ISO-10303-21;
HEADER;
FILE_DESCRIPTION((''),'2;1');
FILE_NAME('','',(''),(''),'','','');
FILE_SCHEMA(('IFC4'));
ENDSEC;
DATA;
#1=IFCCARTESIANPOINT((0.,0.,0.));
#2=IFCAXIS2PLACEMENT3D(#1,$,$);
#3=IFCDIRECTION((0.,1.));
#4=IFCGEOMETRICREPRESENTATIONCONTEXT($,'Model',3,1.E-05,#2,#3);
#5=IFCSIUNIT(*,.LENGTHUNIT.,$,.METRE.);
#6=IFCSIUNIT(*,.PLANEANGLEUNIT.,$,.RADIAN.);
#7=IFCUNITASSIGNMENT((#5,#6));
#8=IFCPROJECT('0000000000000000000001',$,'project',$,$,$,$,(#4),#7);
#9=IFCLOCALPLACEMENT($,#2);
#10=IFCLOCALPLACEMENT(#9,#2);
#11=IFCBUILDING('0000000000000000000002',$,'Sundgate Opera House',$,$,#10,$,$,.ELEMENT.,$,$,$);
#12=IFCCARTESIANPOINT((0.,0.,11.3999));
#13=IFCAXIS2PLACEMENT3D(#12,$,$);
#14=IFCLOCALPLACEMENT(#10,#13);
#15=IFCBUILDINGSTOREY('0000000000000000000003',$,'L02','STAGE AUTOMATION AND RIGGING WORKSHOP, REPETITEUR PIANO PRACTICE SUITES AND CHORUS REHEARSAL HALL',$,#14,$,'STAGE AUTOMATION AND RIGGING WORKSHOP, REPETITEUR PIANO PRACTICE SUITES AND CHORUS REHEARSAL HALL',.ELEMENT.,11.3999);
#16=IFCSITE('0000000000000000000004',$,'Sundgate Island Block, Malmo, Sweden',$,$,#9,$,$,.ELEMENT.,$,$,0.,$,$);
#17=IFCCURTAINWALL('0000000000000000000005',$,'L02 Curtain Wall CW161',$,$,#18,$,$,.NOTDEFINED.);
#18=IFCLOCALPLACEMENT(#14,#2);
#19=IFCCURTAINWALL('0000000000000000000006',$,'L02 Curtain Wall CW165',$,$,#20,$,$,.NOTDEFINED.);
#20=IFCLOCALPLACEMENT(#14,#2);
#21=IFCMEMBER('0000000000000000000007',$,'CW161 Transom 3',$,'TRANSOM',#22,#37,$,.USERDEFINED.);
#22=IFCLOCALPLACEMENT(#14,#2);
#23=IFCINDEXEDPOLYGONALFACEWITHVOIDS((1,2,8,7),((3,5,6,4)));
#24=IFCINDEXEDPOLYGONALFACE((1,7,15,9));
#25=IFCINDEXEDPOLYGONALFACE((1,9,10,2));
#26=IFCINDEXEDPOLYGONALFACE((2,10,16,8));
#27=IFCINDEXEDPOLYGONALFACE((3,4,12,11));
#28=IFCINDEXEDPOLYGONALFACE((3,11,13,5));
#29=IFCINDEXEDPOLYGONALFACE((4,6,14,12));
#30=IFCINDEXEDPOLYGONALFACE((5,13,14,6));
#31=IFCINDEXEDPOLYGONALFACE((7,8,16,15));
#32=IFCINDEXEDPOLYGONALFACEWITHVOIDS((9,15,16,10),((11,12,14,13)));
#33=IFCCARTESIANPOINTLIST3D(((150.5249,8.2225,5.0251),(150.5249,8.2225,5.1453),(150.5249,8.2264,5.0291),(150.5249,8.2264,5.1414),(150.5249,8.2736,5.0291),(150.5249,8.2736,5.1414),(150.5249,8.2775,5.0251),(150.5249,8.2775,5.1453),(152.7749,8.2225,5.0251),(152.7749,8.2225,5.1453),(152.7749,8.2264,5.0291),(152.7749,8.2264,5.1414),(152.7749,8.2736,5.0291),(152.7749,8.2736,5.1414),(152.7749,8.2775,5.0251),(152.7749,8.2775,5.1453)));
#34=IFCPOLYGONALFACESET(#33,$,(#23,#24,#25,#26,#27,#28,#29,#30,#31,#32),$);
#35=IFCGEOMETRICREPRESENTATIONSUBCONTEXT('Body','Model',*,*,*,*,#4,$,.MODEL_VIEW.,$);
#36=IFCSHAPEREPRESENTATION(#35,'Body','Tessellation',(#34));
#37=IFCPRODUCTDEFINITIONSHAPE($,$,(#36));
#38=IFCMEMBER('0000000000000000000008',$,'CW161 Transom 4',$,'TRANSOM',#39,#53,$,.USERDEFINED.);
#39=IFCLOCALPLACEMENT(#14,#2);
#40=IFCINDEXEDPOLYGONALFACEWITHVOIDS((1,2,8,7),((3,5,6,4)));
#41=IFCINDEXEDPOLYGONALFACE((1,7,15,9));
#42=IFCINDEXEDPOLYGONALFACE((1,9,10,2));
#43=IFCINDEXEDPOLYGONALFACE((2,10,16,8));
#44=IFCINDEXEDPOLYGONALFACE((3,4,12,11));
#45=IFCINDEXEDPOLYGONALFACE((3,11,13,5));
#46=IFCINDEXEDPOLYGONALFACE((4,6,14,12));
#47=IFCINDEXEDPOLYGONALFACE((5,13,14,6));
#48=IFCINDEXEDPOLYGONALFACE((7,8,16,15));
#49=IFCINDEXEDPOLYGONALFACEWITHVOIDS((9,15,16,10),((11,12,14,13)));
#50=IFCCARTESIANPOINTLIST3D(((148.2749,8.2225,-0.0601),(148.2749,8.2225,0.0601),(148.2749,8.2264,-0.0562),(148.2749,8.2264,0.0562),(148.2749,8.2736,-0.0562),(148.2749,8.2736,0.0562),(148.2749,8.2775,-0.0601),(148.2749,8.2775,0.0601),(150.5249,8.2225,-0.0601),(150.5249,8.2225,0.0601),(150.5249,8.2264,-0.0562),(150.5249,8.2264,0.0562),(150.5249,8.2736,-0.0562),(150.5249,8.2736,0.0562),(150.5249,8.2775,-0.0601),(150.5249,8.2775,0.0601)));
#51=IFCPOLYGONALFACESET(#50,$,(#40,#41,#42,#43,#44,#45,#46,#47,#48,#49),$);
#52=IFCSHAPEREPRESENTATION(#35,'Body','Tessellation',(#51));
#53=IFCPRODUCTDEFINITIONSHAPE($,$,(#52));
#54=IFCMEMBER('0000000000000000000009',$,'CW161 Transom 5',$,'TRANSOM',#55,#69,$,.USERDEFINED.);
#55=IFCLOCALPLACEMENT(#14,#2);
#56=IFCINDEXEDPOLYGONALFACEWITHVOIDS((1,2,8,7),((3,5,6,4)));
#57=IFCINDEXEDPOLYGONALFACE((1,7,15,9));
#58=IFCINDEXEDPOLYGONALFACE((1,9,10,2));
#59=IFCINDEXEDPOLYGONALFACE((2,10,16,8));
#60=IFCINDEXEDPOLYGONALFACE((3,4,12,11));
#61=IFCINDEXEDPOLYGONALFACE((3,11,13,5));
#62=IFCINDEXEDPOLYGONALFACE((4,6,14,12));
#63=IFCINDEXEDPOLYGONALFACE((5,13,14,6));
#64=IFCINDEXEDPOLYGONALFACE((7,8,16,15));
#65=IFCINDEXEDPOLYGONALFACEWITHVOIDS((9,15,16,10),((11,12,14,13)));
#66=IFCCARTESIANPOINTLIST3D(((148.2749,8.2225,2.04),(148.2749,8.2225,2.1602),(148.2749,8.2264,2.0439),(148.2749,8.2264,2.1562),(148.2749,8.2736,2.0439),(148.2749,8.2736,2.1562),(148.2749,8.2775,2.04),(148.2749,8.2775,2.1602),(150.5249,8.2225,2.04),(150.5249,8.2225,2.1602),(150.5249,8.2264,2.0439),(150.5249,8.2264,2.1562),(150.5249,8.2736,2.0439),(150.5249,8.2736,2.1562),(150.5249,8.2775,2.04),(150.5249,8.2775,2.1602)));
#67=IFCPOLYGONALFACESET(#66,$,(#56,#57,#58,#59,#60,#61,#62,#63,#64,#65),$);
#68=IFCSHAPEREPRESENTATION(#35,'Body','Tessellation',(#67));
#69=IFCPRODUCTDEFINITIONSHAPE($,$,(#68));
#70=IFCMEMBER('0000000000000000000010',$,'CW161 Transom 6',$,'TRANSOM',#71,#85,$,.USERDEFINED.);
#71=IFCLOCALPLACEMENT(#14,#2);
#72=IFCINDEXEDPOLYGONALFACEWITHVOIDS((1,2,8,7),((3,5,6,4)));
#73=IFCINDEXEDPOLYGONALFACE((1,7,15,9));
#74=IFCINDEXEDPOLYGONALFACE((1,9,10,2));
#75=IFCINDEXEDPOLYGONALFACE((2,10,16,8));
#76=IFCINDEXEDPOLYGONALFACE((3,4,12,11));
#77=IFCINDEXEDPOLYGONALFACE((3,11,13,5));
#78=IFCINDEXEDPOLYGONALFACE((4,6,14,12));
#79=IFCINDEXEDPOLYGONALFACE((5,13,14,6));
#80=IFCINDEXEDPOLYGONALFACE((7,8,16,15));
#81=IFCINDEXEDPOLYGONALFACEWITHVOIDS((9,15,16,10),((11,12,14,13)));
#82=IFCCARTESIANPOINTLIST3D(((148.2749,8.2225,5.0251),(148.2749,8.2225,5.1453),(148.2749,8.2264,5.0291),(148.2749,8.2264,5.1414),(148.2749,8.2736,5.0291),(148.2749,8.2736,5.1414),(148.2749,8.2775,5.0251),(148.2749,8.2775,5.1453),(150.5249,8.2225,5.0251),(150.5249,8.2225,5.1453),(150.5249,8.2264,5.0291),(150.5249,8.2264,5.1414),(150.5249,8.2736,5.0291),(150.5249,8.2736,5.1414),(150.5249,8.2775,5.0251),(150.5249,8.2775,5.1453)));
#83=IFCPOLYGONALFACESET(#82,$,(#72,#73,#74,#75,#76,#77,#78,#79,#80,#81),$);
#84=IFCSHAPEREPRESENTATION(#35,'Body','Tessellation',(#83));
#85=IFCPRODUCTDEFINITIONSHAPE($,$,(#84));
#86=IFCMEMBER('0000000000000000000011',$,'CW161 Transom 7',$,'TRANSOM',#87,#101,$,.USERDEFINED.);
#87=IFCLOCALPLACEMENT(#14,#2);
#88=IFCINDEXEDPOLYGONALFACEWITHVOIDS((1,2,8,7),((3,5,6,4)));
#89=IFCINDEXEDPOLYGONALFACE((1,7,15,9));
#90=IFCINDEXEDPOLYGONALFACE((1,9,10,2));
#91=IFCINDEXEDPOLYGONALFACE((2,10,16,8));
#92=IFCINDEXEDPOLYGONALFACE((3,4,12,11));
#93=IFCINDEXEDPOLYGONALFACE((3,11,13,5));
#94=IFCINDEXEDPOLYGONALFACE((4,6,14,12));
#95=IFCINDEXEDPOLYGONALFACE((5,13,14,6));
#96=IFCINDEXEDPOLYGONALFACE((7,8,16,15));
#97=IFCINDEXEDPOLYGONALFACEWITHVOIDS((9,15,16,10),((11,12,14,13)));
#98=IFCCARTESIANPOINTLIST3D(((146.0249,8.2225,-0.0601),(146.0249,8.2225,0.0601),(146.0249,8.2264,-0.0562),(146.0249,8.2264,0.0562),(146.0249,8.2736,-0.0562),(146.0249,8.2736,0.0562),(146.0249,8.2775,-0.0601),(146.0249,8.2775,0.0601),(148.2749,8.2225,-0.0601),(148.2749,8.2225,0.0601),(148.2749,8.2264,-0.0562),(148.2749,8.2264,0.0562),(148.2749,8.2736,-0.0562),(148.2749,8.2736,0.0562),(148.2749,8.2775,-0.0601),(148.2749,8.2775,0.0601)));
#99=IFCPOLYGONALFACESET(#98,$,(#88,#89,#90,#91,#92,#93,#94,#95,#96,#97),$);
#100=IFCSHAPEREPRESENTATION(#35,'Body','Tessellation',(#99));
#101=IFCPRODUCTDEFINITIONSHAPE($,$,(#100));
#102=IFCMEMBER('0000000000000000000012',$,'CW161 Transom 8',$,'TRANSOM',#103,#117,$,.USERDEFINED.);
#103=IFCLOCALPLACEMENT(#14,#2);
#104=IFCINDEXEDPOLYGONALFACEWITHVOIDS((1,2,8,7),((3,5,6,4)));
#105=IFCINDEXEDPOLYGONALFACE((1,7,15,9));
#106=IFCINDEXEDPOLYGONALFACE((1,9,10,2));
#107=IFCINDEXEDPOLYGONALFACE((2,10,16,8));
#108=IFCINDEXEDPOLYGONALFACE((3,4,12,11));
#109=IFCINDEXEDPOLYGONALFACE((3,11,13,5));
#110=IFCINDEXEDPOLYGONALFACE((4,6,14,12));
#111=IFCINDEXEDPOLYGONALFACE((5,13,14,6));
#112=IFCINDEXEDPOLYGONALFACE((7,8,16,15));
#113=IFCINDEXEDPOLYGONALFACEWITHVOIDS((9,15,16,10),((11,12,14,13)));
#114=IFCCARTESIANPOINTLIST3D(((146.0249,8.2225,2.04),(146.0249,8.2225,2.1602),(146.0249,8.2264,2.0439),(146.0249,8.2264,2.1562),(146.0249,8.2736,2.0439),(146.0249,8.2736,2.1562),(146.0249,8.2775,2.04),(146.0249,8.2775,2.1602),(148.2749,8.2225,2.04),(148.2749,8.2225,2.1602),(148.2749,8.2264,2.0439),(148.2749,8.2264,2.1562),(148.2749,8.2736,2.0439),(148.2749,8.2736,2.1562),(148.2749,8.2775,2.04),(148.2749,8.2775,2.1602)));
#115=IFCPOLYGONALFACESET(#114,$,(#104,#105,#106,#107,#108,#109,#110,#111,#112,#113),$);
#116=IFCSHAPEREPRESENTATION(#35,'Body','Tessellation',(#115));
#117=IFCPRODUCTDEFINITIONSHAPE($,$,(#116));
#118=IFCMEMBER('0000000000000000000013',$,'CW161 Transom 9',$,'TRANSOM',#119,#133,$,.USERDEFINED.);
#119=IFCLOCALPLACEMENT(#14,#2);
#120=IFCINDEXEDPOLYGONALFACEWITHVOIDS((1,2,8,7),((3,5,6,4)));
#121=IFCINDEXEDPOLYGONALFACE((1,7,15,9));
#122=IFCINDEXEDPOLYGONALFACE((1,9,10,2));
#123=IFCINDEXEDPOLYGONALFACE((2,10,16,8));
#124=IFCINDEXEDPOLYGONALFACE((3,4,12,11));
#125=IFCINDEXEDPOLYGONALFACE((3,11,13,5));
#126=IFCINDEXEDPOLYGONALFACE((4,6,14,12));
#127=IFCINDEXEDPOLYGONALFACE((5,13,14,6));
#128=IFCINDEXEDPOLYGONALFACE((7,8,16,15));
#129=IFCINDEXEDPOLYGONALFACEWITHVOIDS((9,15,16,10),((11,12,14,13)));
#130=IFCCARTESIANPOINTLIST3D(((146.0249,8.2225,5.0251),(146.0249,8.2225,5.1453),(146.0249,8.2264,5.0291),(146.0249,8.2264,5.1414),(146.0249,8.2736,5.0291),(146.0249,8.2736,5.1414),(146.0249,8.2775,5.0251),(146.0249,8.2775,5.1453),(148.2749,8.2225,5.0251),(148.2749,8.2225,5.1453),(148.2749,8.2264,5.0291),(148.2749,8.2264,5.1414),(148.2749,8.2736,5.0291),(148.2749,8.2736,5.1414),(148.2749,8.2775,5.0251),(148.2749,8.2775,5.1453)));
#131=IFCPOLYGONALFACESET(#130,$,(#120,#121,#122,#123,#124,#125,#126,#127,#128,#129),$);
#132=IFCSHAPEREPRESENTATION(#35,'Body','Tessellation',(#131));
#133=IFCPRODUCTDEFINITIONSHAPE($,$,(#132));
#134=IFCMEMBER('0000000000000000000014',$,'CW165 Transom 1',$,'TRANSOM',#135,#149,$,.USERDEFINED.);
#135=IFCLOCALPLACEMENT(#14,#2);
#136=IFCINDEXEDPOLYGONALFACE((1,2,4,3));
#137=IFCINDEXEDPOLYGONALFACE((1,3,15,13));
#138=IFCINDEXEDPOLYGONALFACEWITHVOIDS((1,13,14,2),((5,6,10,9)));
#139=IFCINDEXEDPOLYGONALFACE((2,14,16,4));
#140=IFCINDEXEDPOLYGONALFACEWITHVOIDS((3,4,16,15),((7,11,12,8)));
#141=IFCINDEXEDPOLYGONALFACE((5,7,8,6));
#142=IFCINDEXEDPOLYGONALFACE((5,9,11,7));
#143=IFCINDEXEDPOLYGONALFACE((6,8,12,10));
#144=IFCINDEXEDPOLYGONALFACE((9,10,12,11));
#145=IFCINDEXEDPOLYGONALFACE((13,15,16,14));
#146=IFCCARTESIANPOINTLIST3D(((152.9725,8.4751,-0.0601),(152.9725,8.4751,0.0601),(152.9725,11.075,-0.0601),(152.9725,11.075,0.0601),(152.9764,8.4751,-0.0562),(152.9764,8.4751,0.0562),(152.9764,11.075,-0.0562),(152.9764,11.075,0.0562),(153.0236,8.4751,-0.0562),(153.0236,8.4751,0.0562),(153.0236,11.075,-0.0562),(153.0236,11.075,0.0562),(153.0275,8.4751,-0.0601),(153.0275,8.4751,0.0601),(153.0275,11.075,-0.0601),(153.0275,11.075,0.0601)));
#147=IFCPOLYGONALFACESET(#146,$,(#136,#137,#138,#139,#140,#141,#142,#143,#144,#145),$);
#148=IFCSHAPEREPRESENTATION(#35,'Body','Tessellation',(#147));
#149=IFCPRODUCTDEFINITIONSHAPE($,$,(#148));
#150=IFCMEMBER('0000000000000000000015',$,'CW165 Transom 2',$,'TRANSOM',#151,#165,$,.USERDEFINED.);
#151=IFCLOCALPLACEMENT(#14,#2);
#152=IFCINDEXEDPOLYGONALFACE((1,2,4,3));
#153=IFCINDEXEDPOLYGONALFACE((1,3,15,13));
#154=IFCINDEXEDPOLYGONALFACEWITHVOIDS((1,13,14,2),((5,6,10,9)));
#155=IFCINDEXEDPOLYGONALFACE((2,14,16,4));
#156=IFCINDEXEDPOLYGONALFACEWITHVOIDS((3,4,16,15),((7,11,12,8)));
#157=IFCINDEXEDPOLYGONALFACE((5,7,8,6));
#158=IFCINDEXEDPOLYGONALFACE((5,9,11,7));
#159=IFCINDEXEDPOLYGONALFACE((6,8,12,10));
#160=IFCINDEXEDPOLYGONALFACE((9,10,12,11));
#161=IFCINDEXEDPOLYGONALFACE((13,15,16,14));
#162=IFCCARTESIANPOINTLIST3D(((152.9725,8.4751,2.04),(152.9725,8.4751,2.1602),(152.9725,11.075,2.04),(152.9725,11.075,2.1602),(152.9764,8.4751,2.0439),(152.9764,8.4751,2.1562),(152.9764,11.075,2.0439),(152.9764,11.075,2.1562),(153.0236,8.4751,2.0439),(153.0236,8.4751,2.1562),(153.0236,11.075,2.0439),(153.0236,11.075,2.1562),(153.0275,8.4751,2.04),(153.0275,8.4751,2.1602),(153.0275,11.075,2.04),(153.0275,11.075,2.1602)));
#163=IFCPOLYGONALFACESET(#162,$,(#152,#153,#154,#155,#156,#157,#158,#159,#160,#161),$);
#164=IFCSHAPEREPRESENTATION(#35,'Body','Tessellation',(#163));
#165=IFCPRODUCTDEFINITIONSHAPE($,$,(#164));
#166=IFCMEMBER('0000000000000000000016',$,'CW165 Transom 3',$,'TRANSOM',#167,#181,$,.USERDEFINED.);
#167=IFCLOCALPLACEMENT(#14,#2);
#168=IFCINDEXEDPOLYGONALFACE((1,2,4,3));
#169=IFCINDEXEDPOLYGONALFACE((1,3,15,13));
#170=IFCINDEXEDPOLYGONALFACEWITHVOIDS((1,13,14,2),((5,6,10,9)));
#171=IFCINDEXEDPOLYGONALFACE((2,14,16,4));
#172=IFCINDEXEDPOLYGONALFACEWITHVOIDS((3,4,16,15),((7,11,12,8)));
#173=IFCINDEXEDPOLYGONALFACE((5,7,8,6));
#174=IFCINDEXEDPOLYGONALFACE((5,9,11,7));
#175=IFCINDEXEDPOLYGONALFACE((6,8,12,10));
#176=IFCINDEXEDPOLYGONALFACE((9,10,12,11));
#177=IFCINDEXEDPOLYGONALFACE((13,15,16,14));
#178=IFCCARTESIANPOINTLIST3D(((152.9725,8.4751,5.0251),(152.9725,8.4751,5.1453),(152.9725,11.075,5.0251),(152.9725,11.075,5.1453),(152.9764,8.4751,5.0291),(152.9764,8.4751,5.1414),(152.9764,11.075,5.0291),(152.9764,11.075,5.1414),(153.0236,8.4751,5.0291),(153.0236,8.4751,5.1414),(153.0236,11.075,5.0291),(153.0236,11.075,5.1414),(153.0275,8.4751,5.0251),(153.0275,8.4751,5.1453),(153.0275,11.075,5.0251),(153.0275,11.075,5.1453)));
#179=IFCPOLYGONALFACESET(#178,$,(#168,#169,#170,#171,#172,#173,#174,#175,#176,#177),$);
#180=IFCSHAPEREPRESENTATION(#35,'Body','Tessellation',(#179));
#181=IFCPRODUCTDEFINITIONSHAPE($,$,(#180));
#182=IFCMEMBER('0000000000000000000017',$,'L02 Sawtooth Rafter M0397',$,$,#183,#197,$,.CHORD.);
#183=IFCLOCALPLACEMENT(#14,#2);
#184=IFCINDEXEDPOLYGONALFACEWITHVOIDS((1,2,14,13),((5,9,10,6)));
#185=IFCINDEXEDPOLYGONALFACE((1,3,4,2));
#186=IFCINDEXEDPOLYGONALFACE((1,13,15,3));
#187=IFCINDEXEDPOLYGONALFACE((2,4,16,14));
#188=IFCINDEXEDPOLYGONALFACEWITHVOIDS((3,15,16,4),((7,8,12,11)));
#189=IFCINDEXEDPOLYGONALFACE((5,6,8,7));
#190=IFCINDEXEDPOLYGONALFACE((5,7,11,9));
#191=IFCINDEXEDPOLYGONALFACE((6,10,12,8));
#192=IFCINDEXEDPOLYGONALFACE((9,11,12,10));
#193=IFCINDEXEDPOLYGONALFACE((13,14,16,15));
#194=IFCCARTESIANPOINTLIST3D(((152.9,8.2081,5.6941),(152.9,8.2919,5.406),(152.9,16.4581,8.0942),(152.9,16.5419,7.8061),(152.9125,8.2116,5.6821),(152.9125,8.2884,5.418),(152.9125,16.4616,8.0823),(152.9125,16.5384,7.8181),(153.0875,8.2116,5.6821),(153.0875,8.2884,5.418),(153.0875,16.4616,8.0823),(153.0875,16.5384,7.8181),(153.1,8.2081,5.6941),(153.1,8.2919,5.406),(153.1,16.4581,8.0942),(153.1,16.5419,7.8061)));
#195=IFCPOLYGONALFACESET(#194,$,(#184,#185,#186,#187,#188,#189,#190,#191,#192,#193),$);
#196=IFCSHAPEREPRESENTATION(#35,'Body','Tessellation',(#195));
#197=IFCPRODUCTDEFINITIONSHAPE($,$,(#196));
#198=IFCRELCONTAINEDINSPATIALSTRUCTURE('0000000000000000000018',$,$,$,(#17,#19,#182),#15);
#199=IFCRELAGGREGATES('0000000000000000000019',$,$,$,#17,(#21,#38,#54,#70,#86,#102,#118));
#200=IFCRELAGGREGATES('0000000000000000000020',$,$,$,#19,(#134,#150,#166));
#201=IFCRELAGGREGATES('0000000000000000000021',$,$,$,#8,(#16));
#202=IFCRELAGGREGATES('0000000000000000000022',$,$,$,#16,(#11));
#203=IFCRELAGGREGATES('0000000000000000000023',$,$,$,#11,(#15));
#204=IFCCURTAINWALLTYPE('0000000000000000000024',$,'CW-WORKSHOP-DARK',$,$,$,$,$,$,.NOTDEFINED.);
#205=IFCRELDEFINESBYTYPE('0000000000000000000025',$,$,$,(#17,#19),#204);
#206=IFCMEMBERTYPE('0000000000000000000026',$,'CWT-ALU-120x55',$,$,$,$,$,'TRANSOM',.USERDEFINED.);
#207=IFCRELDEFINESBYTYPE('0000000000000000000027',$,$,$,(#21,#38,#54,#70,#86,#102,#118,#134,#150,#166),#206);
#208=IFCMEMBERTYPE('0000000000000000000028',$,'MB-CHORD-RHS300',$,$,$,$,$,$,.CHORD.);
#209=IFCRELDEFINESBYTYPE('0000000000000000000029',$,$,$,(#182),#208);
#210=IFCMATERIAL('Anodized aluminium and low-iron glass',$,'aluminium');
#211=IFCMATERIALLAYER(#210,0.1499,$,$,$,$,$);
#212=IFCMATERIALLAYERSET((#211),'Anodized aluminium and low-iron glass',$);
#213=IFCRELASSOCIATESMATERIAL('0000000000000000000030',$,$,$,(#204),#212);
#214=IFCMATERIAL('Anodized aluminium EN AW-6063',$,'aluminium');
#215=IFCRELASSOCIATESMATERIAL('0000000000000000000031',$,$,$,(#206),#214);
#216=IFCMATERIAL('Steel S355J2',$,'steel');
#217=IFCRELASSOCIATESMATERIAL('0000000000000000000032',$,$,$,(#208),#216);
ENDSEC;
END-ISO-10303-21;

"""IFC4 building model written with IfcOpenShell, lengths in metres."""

from ifc_helpers import new_model, si_unit, direction, frame, origin, origin_2d, place, context, subcontext, project, spatial, hollow_rectangle, extrude, material, layer, layer_set, material_profile, profile_set, type_object, element, aggregate, save


model = new_model("IFC4")

# Units and contexts
model_context = context("Model", 3, precision=1e-05, world=origin(), true_north=direction((0.0, 1.0)))
body_context = subcontext(model_context, "Body", "Model", "MODEL_VIEW")
ifc_project = project(units=[si_unit("LENGTHUNIT", "METRE"), si_unit("PLANEANGLEUNIT", "RADIAN")], contexts=[model_context])

# Site, building, storey
site_placement = place(None, origin())
site = spatial("IfcSite", under=ifc_project, at=site_placement, Name="Sundgate Island Block, Malmo, Sweden", CompositionType="ELEMENT", RefElevation=0.0)
building_placement = place(site_placement, origin())
building = spatial("IfcBuilding", under=site, at=building_placement, Name="Sundgate Opera House", CompositionType="ELEMENT")
storey_placement = place(building_placement, frame((0.0, 0.0, 11.3999)))
storey = spatial("IfcBuildingStorey", under=building, at=storey_placement, Name="L02", Description="STAGE AUTOMATION AND RIGGING WORKSHOP, REPETITEUR PIANO PRACTICE SUITES AND CHORUS REHEARSAL HALL", LongName="STAGE AUTOMATION AND RIGGING WORKSHOP, REPETITEUR PIANO PRACTICE SUITES AND CHORUS REHEARSAL HALL", CompositionType="ELEMENT", Elevation=11.3999)

# Curtain walls
ifc_material_1 = material(Name="Anodized aluminium and low-iron glass", Category="aluminium")
ifc_layer_1 = layer(ifc_material_1, 0.1499)
ifc_layer_set_1 = layer_set([ifc_layer_1], Name="Anodized aluminium and low-iron glass")
curtain_wall_type = type_object("IfcCurtainWallType", Name="CW-WORKSHOP-DARK", PredefinedType="NOTDEFINED", material=ifc_layer_set_1)
curtain_wall_1_placement = place(storey_placement, origin())
curtain_wall_1 = element("IfcCurtainWall", 1, at=curtain_wall_1_placement, inside=storey, type_object=curtain_wall_type, Name="L02 Curtain Wall CW161", PredefinedType="NOTDEFINED")
curtain_wall_2_placement = place(storey_placement, origin())
curtain_wall_2 = element("IfcCurtainWall", 2, at=curtain_wall_2_placement, inside=storey, type_object=curtain_wall_type, Name="L02 Curtain Wall CW165", PredefinedType="NOTDEFINED")

# Members
ifc_material_2 = material(Name="Anodized aluminium EN AW-6063", Category="aluminium")
ifc_material_profile_1 = material_profile(ifc_material_2, hollow_rectangle(XDim=0.0549, YDim=0.1201, WallThickness=0.0039, at=origin_2d()), Name="CWT 120x55x4")
ifc_profile_set_1 = profile_set([ifc_material_profile_1], Name="Anodized aluminium EN AW-6063")
member_type_1 = type_object("IfcMemberType", Name="CWT-ALU-120x55", ElementType="TRANSOM", PredefinedType="USERDEFINED", material=ifc_profile_set_1)
member_1_placement = place(storey_placement, frame((152.7749, 8.25, 5.0852), z_axis=(-1.0, 0.0, 0.0), x_axis=(0.0, -1.0, 0.0)))
member_1 = element("IfcMember", 3, at=member_1_placement, type_object=member_type_1, Name="CW161 Transom 3", ObjectType="TRANSOM", PredefinedType="USERDEFINED", context=body_context, shape_type="SweptSolid", body=[
    extrude(hollow_rectangle(XDim=0.0549, YDim=0.1201, WallThickness=0.0039, at=origin_2d()), origin(), (0.0, 0.0, 1.0), 2.25),
])
member_2_placement = place(storey_placement, frame((150.5249, 8.25, 0.0), z_axis=(-1.0, 0.0, 0.0), x_axis=(0.0, -1.0, 0.0)))
member_2 = element("IfcMember", 4, at=member_2_placement, type_object=member_type_1, Name="CW161 Transom 4", ObjectType="TRANSOM", PredefinedType="USERDEFINED", context=body_context, shape_type="SweptSolid", body=[
    extrude(hollow_rectangle(XDim=0.0549, YDim=0.1201, WallThickness=0.0039, at=origin_2d()), origin(), (0.0, 0.0, 1.0), 2.25),
])
member_3_placement = place(storey_placement, frame((150.5249, 8.25, 2.1001), z_axis=(-1.0, 0.0, 0.0), x_axis=(0.0, -1.0, 0.0)))
member_3 = element("IfcMember", 5, at=member_3_placement, type_object=member_type_1, Name="CW161 Transom 5", ObjectType="TRANSOM", PredefinedType="USERDEFINED", context=body_context, shape_type="SweptSolid", body=[
    extrude(hollow_rectangle(XDim=0.0549, YDim=0.1201, WallThickness=0.0039, at=origin_2d()), origin(), (0.0, 0.0, 1.0), 2.25),
])
member_4_placement = place(storey_placement, frame((150.5249, 8.25, 5.0852), z_axis=(-1.0, 0.0, 0.0), x_axis=(0.0, -1.0, 0.0)))
member_4 = element("IfcMember", 6, at=member_4_placement, type_object=member_type_1, Name="CW161 Transom 6", ObjectType="TRANSOM", PredefinedType="USERDEFINED", context=body_context, shape_type="SweptSolid", body=[
    extrude(hollow_rectangle(XDim=0.0549, YDim=0.1201, WallThickness=0.0039, at=origin_2d()), origin(), (0.0, 0.0, 1.0), 2.25),
])
member_5_placement = place(storey_placement, frame((148.2749, 8.25, 0.0), z_axis=(-1.0, 0.0, 0.0), x_axis=(0.0, -1.0, 0.0)))
member_5 = element("IfcMember", 7, at=member_5_placement, type_object=member_type_1, Name="CW161 Transom 7", ObjectType="TRANSOM", PredefinedType="USERDEFINED", context=body_context, shape_type="SweptSolid", body=[
    extrude(hollow_rectangle(XDim=0.0549, YDim=0.1201, WallThickness=0.0039, at=origin_2d()), origin(), (0.0, 0.0, 1.0), 2.25),
])
member_6_placement = place(storey_placement, frame((148.2749, 8.25, 2.1001), z_axis=(-1.0, 0.0, 0.0), x_axis=(0.0, -1.0, 0.0)))
member_6 = element("IfcMember", 8, at=member_6_placement, type_object=member_type_1, Name="CW161 Transom 8", ObjectType="TRANSOM", PredefinedType="USERDEFINED", context=body_context, shape_type="SweptSolid", body=[
    extrude(hollow_rectangle(XDim=0.0549, YDim=0.1201, WallThickness=0.0039, at=origin_2d()), origin(), (0.0, 0.0, 1.0), 2.25),
])
member_7_placement = place(storey_placement, frame((148.2749, 8.25, 5.0852), z_axis=(-1.0, 0.0, 0.0), x_axis=(0.0, -1.0, 0.0)))
member_7 = element("IfcMember", 9, at=member_7_placement, type_object=member_type_1, Name="CW161 Transom 9", ObjectType="TRANSOM", PredefinedType="USERDEFINED", context=body_context, shape_type="SweptSolid", body=[
    extrude(hollow_rectangle(XDim=0.0549, YDim=0.1201, WallThickness=0.0039, at=origin_2d()), origin(), (0.0, 0.0, 1.0), 2.25),
])
member_8_placement = place(storey_placement, frame((153.0, 8.4751, 0.0), z_axis=(0.0, 1.0, 0.0), x_axis=(-1.0, 0.0, 0.0)))
member_8 = element("IfcMember", 10, at=member_8_placement, type_object=member_type_1, Name="CW165 Transom 1", ObjectType="TRANSOM", PredefinedType="USERDEFINED", context=body_context, shape_type="SweptSolid", body=[
    extrude(hollow_rectangle(XDim=0.0549, YDim=0.1201, WallThickness=0.0039, at=origin_2d()), origin(), (0.0, 0.0, 1.0), 2.5999),
])
member_9_placement = place(storey_placement, frame((153.0, 8.4751, 2.1001), z_axis=(0.0, 1.0, 0.0), x_axis=(-1.0, 0.0, 0.0)))
member_9 = element("IfcMember", 11, at=member_9_placement, type_object=member_type_1, Name="CW165 Transom 2", ObjectType="TRANSOM", PredefinedType="USERDEFINED", context=body_context, shape_type="SweptSolid", body=[
    extrude(hollow_rectangle(XDim=0.0549, YDim=0.1201, WallThickness=0.0039, at=origin_2d()), origin(), (0.0, 0.0, 1.0), 2.5999),
])
member_10_placement = place(storey_placement, frame((153.0, 8.4751, 5.0852), z_axis=(0.0, 1.0, 0.0), x_axis=(-1.0, 0.0, 0.0)))
member_10 = element("IfcMember", 12, at=member_10_placement, type_object=member_type_1, Name="CW165 Transom 3", ObjectType="TRANSOM", PredefinedType="USERDEFINED", context=body_context, shape_type="SweptSolid", body=[
    extrude(hollow_rectangle(XDim=0.0549, YDim=0.1201, WallThickness=0.0039, at=origin_2d()), origin(), (0.0, 0.0, 1.0), 2.5999),
])
ifc_material_3 = material(Name="Steel S355J2", Category="steel")
ifc_material_profile_2 = material_profile(ifc_material_3, hollow_rectangle(XDim=0.2, YDim=0.3, WallThickness=0.0125, at=origin_2d()), Name="RHS 300x200x12.5")
ifc_profile_set_2 = profile_set([ifc_material_profile_2], Name="Steel S355J2")
member_type_2 = type_object("IfcMemberType", Name="MB-CHORD-RHS300", PredefinedType="CHORD", material=ifc_profile_set_2)
member_11_placement = place(storey_placement, frame((153.0, 8.25, 5.55), z_axis=(0.0, 0.960191, 0.279345), x_axis=(-1.0, 0.0, 0.0)))
element("IfcMember", 13, at=member_11_placement, inside=storey, type_object=member_type_2, Name="L02 Sawtooth Rafter M0397", PredefinedType="CHORD", context=body_context, shape_type="SweptSolid", body=[
    extrude(hollow_rectangle(XDim=0.2, YDim=0.3, WallThickness=0.0125, at=origin_2d()), origin(), (0.0, 0.0, 1.0), 8.592),
])

aggregate(curtain_wall_1, [member_1, member_2, member_3, member_4, member_5, member_6, member_7])
aggregate(curtain_wall_2, [member_8, member_9, member_10])

save(model, "model.ifc")
